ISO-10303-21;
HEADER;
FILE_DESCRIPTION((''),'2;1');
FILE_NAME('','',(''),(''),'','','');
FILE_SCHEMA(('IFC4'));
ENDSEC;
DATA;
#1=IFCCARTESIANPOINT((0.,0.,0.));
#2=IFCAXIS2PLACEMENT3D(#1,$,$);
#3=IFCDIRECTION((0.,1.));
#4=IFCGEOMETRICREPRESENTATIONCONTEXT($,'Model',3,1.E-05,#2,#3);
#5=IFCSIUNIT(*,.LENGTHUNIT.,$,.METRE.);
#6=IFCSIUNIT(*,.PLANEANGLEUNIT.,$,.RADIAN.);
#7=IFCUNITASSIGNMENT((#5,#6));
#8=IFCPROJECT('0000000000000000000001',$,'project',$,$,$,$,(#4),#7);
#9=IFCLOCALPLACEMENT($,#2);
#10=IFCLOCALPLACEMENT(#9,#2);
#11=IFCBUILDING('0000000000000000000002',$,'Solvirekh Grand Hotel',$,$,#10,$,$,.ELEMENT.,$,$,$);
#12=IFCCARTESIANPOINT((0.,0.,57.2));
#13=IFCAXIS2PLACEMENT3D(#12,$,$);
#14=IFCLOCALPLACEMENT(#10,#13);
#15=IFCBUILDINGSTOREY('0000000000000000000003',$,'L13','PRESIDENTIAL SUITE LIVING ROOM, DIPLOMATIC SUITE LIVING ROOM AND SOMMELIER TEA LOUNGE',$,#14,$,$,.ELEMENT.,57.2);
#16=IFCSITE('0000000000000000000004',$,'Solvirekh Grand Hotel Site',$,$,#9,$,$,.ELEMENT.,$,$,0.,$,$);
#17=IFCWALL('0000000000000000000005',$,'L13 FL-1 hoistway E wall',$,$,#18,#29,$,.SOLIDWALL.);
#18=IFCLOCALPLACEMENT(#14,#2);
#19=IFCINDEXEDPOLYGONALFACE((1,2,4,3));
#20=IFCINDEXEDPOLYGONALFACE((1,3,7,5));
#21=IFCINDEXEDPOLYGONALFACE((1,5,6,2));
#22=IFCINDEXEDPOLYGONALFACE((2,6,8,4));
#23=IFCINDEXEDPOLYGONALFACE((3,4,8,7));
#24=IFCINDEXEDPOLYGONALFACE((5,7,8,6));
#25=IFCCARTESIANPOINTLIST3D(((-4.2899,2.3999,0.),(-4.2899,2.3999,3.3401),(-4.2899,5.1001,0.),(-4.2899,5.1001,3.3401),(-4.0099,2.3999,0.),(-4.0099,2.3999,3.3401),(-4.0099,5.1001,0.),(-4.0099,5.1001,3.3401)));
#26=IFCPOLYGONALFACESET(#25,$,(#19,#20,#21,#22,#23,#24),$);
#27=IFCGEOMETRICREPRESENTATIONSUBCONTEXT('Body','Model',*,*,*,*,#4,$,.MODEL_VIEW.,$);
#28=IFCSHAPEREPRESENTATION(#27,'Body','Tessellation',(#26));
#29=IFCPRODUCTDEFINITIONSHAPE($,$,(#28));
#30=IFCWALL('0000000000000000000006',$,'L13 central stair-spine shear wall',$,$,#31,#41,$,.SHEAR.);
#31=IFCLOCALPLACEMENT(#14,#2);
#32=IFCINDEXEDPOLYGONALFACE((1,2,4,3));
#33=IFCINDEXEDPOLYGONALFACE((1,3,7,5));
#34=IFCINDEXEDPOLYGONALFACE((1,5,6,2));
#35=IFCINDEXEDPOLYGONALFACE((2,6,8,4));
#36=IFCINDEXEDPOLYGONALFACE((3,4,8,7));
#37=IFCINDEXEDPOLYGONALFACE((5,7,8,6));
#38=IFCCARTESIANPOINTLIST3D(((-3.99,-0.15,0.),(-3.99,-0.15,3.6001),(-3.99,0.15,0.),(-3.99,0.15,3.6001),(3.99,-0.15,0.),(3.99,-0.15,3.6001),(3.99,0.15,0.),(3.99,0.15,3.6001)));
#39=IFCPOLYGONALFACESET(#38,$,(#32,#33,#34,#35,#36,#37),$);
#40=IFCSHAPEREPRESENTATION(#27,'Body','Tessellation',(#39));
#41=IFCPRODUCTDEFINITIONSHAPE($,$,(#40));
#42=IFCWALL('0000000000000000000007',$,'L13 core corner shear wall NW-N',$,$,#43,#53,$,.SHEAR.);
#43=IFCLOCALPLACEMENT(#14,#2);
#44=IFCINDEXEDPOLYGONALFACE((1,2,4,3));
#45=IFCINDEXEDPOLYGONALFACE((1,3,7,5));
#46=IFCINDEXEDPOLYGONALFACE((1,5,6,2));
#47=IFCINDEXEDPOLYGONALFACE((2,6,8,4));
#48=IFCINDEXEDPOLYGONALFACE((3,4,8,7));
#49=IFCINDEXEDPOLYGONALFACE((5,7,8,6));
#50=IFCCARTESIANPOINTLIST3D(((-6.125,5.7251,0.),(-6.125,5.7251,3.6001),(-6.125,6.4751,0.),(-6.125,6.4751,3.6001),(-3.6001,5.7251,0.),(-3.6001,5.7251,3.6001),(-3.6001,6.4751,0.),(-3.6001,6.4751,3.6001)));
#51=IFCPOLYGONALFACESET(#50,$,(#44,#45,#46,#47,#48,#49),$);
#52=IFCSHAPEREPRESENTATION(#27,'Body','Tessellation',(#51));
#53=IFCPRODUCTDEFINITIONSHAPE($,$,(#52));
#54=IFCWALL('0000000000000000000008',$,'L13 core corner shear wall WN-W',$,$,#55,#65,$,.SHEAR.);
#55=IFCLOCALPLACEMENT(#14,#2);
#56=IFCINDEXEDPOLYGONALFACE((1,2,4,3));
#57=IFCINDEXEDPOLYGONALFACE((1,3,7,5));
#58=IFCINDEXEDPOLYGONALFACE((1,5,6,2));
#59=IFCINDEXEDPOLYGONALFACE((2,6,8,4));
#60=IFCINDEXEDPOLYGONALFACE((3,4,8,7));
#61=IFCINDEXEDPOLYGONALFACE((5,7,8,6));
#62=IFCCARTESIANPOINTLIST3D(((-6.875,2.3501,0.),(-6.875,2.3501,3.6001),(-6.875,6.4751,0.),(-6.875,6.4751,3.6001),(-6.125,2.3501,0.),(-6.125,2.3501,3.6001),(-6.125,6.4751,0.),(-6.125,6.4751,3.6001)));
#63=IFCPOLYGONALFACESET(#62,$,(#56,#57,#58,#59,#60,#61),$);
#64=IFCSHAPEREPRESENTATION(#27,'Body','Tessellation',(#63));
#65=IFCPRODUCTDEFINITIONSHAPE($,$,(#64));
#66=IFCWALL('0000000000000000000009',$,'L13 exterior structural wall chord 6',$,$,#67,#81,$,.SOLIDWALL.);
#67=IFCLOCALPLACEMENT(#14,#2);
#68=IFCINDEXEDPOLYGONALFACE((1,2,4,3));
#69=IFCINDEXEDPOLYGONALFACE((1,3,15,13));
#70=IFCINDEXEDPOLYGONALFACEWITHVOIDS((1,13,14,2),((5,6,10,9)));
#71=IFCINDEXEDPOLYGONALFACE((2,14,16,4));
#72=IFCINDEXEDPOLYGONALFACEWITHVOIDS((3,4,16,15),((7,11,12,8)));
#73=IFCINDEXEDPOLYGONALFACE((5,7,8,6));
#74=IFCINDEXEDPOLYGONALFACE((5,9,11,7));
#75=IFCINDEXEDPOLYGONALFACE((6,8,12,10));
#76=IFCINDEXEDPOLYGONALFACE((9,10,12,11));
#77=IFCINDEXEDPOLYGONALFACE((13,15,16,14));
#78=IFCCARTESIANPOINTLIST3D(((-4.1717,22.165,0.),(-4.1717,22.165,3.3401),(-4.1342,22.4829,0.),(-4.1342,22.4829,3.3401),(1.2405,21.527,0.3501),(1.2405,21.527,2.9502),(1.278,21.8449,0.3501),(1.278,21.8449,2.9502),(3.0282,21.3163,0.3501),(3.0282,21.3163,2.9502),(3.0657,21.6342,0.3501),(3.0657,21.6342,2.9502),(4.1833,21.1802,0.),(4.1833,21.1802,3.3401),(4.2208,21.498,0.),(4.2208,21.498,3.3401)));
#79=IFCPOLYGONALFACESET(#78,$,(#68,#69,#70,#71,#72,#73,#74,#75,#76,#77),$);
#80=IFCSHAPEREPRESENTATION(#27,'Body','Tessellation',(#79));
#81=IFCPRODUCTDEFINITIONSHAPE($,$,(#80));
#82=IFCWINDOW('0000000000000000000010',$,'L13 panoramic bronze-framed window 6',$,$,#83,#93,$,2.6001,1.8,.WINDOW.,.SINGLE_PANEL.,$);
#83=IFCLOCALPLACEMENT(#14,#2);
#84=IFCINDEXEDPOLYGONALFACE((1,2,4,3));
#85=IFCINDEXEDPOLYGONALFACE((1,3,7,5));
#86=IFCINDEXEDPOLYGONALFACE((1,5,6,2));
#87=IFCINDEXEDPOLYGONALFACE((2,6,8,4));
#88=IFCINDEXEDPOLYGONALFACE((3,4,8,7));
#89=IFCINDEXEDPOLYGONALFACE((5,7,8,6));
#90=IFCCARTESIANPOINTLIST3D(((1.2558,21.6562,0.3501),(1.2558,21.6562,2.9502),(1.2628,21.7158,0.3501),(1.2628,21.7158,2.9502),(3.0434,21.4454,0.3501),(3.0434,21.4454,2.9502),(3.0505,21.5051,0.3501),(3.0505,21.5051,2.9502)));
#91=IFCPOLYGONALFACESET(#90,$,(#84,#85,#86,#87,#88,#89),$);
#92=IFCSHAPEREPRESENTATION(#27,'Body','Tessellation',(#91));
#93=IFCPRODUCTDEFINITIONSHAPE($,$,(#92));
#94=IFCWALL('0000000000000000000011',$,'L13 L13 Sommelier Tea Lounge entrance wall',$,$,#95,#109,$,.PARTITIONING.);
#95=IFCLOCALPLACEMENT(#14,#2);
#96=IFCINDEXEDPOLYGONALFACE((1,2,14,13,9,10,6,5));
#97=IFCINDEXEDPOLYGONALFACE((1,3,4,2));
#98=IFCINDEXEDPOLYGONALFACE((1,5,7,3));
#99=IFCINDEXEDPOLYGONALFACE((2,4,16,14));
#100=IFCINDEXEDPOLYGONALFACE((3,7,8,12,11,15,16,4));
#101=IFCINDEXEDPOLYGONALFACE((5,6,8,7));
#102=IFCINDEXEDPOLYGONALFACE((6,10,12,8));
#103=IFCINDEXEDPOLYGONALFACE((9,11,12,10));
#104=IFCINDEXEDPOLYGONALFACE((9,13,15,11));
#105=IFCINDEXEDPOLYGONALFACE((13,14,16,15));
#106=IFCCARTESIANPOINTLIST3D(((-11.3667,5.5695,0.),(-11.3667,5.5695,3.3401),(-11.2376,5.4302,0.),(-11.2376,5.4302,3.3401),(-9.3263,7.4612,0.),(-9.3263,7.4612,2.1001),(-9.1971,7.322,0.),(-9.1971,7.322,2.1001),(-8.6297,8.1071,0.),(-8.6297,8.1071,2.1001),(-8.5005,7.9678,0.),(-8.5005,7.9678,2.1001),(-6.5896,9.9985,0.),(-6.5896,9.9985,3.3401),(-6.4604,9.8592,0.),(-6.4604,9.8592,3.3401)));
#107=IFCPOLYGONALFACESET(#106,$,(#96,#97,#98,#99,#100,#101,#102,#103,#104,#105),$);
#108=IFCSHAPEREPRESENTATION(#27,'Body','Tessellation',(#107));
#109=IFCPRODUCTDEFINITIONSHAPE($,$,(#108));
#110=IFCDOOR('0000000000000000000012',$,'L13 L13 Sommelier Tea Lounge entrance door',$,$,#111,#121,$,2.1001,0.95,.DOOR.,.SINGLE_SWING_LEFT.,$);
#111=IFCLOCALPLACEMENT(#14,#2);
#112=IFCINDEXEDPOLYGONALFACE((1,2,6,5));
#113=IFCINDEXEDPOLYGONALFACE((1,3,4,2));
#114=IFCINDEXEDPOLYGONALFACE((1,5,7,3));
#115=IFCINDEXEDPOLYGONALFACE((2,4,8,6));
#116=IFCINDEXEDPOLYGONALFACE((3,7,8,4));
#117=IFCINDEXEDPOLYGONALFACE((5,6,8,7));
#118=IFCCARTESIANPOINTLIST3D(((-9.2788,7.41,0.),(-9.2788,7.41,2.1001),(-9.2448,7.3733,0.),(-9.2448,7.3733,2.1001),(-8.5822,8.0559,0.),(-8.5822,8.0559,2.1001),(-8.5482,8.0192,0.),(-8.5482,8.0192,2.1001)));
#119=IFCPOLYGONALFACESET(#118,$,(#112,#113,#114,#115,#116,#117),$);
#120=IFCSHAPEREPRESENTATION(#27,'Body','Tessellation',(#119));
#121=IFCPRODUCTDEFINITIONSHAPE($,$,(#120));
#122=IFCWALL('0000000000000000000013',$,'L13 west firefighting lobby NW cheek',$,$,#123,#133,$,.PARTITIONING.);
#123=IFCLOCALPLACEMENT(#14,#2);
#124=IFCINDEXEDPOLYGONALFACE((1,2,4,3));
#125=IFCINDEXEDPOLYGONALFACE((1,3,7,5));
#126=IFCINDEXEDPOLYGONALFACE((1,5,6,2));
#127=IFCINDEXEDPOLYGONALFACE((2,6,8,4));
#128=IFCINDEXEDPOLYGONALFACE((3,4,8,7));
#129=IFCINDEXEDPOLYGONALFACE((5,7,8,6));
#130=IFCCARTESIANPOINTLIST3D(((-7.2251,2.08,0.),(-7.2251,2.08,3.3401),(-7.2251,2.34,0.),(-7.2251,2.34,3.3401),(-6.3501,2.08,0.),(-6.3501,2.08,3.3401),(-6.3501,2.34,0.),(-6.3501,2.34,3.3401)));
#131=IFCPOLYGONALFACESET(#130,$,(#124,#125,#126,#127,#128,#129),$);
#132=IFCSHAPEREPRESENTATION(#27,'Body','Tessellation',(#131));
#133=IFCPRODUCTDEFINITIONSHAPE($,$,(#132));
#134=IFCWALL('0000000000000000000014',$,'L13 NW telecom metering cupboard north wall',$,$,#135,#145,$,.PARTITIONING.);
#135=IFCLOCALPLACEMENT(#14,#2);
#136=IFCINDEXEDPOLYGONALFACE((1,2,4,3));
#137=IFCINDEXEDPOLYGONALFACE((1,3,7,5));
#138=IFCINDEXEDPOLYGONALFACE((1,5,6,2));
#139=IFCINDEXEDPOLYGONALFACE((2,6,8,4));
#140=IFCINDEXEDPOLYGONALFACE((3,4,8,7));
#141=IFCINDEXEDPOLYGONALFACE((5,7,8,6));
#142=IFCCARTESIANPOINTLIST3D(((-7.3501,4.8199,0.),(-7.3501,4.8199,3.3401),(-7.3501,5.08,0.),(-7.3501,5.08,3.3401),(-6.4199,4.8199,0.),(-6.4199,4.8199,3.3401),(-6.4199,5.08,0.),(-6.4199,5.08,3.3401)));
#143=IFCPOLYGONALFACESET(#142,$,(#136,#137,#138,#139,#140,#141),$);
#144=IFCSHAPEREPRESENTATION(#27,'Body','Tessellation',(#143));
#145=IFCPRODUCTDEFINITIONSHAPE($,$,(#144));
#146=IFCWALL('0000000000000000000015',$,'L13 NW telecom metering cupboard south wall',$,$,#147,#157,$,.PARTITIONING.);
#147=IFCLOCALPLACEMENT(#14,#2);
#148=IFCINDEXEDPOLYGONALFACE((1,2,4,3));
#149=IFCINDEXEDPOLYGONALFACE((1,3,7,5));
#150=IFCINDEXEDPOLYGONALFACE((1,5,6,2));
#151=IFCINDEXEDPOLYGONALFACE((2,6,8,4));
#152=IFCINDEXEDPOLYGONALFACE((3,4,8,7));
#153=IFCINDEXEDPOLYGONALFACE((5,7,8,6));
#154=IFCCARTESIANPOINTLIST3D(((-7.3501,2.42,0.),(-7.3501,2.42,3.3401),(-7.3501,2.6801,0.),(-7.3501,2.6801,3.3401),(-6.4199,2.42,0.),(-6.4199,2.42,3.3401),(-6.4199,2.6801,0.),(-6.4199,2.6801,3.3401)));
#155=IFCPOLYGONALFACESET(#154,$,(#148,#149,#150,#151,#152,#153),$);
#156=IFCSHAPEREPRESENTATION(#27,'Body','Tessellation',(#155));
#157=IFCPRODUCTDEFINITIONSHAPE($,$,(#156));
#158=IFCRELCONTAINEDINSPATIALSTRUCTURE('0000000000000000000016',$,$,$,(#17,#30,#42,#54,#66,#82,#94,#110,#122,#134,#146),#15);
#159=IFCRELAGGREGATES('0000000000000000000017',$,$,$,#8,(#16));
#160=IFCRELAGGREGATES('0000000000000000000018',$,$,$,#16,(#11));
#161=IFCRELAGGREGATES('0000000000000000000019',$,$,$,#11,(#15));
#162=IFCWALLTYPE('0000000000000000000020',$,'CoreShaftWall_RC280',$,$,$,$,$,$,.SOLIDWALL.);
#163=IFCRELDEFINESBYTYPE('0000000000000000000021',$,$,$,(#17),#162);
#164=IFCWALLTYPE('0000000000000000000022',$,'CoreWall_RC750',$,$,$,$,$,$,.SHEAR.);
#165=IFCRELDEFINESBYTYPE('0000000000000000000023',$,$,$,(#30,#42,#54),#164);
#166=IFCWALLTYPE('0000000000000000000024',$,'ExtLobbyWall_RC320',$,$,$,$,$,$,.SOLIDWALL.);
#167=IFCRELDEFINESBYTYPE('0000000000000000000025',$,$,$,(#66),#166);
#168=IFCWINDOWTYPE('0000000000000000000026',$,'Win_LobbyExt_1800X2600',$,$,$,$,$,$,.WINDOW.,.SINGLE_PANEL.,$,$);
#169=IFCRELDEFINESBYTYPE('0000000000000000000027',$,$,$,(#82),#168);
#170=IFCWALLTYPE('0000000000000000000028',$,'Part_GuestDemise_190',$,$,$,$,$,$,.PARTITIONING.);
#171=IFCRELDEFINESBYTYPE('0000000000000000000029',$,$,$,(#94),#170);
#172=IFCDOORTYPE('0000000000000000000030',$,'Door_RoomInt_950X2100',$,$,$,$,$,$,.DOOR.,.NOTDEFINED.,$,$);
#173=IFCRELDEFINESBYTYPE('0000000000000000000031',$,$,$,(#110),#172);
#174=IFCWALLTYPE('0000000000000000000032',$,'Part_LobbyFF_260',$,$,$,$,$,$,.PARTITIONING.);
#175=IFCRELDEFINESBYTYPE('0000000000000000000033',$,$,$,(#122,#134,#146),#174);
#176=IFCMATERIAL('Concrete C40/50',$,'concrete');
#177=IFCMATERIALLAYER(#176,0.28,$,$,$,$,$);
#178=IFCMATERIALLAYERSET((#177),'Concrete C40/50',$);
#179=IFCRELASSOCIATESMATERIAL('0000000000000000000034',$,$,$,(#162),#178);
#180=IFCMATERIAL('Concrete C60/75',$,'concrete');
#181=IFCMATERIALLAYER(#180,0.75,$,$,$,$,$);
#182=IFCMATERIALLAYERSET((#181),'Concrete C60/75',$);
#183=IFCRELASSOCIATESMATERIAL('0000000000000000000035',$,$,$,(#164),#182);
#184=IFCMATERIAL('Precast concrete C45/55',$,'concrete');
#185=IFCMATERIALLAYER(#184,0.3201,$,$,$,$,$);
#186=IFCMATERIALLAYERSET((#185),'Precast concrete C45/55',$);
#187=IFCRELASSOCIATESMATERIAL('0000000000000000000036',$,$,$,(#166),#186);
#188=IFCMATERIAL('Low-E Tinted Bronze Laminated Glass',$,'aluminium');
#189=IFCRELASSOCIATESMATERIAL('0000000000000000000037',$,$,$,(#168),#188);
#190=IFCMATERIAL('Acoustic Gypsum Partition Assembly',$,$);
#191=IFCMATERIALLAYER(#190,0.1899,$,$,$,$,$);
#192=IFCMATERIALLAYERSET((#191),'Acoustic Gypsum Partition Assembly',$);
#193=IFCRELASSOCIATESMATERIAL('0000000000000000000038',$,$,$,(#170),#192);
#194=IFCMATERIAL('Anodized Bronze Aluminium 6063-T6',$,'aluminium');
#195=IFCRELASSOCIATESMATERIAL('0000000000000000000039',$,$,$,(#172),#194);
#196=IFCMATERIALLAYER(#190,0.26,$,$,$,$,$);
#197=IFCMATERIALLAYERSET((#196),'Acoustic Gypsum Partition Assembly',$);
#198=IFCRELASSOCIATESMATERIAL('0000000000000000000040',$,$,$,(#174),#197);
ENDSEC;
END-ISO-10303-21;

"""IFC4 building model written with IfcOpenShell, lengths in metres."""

from ifc_helpers import new_model, si_unit, direction, frame, frame_2d, origin, place, context, subcontext, project, spatial, rectangle, extrude, material, layer, layer_set, type_object, element, fill, save


model = new_model("IFC4")

# Units and contexts
model_context = context("Model", 3, precision=1e-05, world=origin(), true_north=direction((0.0, 1.0)))
body_context = subcontext(model_context, "Body", "Model", "MODEL_VIEW")
ifc_project = project(units=[si_unit("LENGTHUNIT", "METRE"), si_unit("PLANEANGLEUNIT", "RADIAN")], contexts=[model_context])

# Site, building, storey
site_placement = place(None, origin())
site = spatial("IfcSite", under=ifc_project, at=site_placement, Name="Solvirekh Grand Hotel Site", CompositionType="ELEMENT", RefElevation=0.0)
building_placement = place(site_placement, origin())
building = spatial("IfcBuilding", under=site, at=building_placement, Name="Solvirekh Grand Hotel", CompositionType="ELEMENT")
storey_placement = place(building_placement, frame((0.0, 0.0, 57.2)))
storey = spatial("IfcBuildingStorey", under=building, at=storey_placement, Name="L13", Description="PRESIDENTIAL SUITE LIVING ROOM, DIPLOMATIC SUITE LIVING ROOM AND SOMMELIER TEA LOUNGE", CompositionType="ELEMENT", Elevation=57.2)

# Shared definitions
ifc_material_1 = material(Name="Concrete C60/75", Category="concrete")

# Shared definitions
ifc_material_2 = material(Name="Concrete C40/50", Category="concrete")

# Shared definitions
ifc_layer_1 = layer(ifc_material_2, 0.28)
ifc_layer_set_1 = layer_set([ifc_layer_1], Name="Concrete C40/50")
wall_type_1 = type_object("IfcWallType", Name="CoreShaftWall_RC280", PredefinedType="SOLIDWALL", material=ifc_layer_set_1)

# Walls
wall_1_placement = place(storey_placement, frame((-4.1499, 2.3999, 0.0), z_axis=(0.0, 0.0, 1.0), x_axis=(0.0, 1.0, 0.0)))
element("IfcWall", 1, at=wall_1_placement, inside=storey, type_object=wall_type_1, Name="L13 FL-1 hoistway E wall", PredefinedType="SOLIDWALL", context=body_context, shape_type="SweptSolid", body=[
    extrude(rectangle(XDim=2.7002, YDim=0.28, at=frame_2d((1.3501, 0.0))), origin(), (0.0, 0.0, 1.0), 3.3401),
])
ifc_layer_2 = layer(ifc_material_1, 0.75)
ifc_layer_set_2 = layer_set([ifc_layer_2], Name="Concrete C60/75")
wall_type_2 = type_object("IfcWallType", Name="CoreWall_RC750", PredefinedType="SHEAR", material=ifc_layer_set_2)
wall_2_placement = place(storey_placement, frame((-3.99, 0.0, 0.0), z_axis=(0.0, 0.0, 1.0), x_axis=(1.0, 0.0, 0.0)))
element("IfcWall", 2, at=wall_2_placement, inside=storey, type_object=wall_type_2, Name="L13 central stair-spine shear wall", PredefinedType="SHEAR", context=body_context, shape_type="SweptSolid", body=[
    extrude(rectangle(XDim=7.98, YDim=0.3, at=frame_2d((3.99, 0.0))), origin(), (0.0, 0.0, 1.0), 3.6001),
])
wall_3_placement = place(storey_placement, frame((-6.125, 6.1001, 0.0), z_axis=(0.0, 0.0, 1.0), x_axis=(1.0, 0.0, 0.0)))
element("IfcWall", 3, at=wall_3_placement, inside=storey, type_object=wall_type_2, Name="L13 core corner shear wall NW-N", PredefinedType="SHEAR", context=body_context, shape_type="SweptSolid", body=[
    extrude(rectangle(XDim=2.5249, YDim=0.75, at=frame_2d((1.2625, 0.0))), origin(), (0.0, 0.0, 1.0), 3.6001),
])
wall_4_placement = place(storey_placement, frame((-6.5, 2.3501, 0.0), z_axis=(0.0, 0.0, 1.0), x_axis=(0.0, 1.0, 0.0)))
element("IfcWall", 4, at=wall_4_placement, inside=storey, type_object=wall_type_2, Name="L13 core corner shear wall WN-W", PredefinedType="SHEAR", context=body_context, shape_type="SweptSolid", body=[
    extrude(rectangle(XDim=4.125, YDim=0.75, at=frame_2d((2.0625, 0.0))), origin(), (0.0, 0.0, 1.0), 3.6001),
])

# Wall, opening, window
ifc_material_3 = material(Name="Precast concrete C45/55", Category="concrete")
ifc_layer_3 = layer(ifc_material_3, 0.3201)
ifc_layer_set_3 = layer_set([ifc_layer_3], Name="Precast concrete C45/55")
wall_type_3 = type_object("IfcWallType", Name="ExtLobbyWall_RC320", PredefinedType="SOLIDWALL", material=ifc_layer_set_3)
wall_5_placement = place(storey_placement, frame((-4.1531, 22.324, 0.0), z_axis=(0.0, 0.0, 1.0), x_axis=(0.993124, -0.117067, 0.0)))
wall_5 = element("IfcWall", 5, at=wall_5_placement, inside=storey, type_object=wall_type_3, Name="L13 exterior structural wall chord 6", PredefinedType="SOLIDWALL", context=body_context, shape_type="SweptSolid", body=[
    extrude(rectangle(XDim=8.4128, YDim=0.3201, at=frame_2d((4.2065, 0.0))), origin(), (0.0, 0.0, 1.0), 3.3401),
])
opening_1_placement = place(wall_5_placement, frame((5.45, 0.0, 0.3501)))
opening_1 = element("IfcOpeningElement", 6, at=opening_1_placement, cuts=wall_5, PredefinedType="OPENING", context=body_context, shape_type="SweptSolid", body=[
    extrude(rectangle(XDim=1.8, YDim=2.6001, at=frame_2d((0.8999, 1.3))), frame((0.0, 0.1699, 0.0), z_axis=(0.0, -1.0, 0.0), x_axis=(1.0, 0.0, 0.0)), (0.0, 0.0, 1.0), 0.3401),
])
ifc_material_4 = material(Name="Low-E Tinted Bronze Laminated Glass", Category="aluminium")
window_type = type_object("IfcWindowType", Name="Win_LobbyExt_1800X2600", PartitioningType="SINGLE_PANEL", PredefinedType="WINDOW", material=ifc_material_4)
window_placement = place(opening_1_placement, origin())
window = element("IfcWindow", 7, at=window_placement, inside=storey, type_object=window_type, Name="L13 panoramic bronze-framed window 6", OverallHeight=2.6001, OverallWidth=1.8, PartitioningType="SINGLE_PANEL", PredefinedType="WINDOW", context=body_context, shape_type="SweptSolid", body=[
    extrude(rectangle(XDim=1.8, YDim=2.6001, at=frame_2d((0.8999, 1.3))), frame((0.0, 0.03, 0.0), z_axis=(0.0, -1.0, 0.0), x_axis=(1.0, 0.0, 0.0)), (0.0, 0.0, 1.0), 0.0601),
])
fill(opening_1, window)

# Wall, opening, door
ifc_material_5 = material(Name="Acoustic Gypsum Partition Assembly")
ifc_layer_4 = layer(ifc_material_5, 0.1899)
ifc_layer_set_4 = layer_set([ifc_layer_4], Name="Acoustic Gypsum Partition Assembly")
wall_type_4 = type_object("IfcWallType", Name="Part_GuestDemise_190", PredefinedType="PARTITIONING", material=ifc_layer_set_4)
wall_6_placement = place(storey_placement, frame((-6.5249, 9.929, 0.0), z_axis=(0.0, 0.0, 1.0), x_axis=(-0.733323, -0.67988, 0.0)))
wall_6 = element("IfcWall", 8, at=wall_6_placement, inside=storey, type_object=wall_type_4, Name="L13 L13 Sommelier Tea Lounge entrance wall", PredefinedType="PARTITIONING", context=body_context, shape_type="SweptSolid", body=[
    extrude(rectangle(XDim=6.5144, YDim=0.1899, at=frame_2d((3.2573, 0.0))), origin(), (0.0, 0.0, 1.0), 3.3401),
])
opening_2_placement = place(wall_6_placement, frame((2.782, 0.0, 0.0)))
opening_2 = element("IfcOpeningElement", 9, at=opening_2_placement, cuts=wall_6, PredefinedType="OPENING", context=body_context, shape_type="SweptSolid", body=[
    extrude(rectangle(XDim=0.95, YDim=2.1001, at=frame_2d((0.4751, 1.05))), frame((0.0, 0.105, 0.0), z_axis=(0.0, -1.0, 0.0), x_axis=(1.0, 0.0, 0.0)), (0.0, 0.0, 1.0), 0.21),
])
ifc_material_6 = material(Name="Anodized Bronze Aluminium 6063-T6", Category="aluminium")
door_type_1 = type_object("IfcDoorType", Name="Door_RoomInt_950X2100", OperationType="NOTDEFINED", PredefinedType="DOOR", material=ifc_material_6)
door_1_placement = place(opening_2_placement, origin())
door_1 = element("IfcDoor", 10, at=door_1_placement, inside=storey, type_object=door_type_1, Name="L13 L13 Sommelier Tea Lounge entrance door", OperationType="SINGLE_SWING_LEFT", OverallHeight=2.1001, OverallWidth=0.95, PredefinedType="DOOR", context=body_context, shape_type="SweptSolid", body=[
    extrude(rectangle(XDim=0.95, YDim=2.1001, at=frame_2d((0.4751, 1.05))), frame((0.0, 0.0249, 0.0), z_axis=(0.0, -1.0, 0.0), x_axis=(1.0, 0.0, 0.0)), (0.0, 0.0, 1.0), 0.05),
])
fill(opening_2, door_1)

# Walls
ifc_layer_5 = layer(ifc_material_5, 0.26)
ifc_layer_set_5 = layer_set([ifc_layer_5], Name="Acoustic Gypsum Partition Assembly")
wall_type_5 = type_object("IfcWallType", Name="Part_LobbyFF_260", PredefinedType="PARTITIONING", material=ifc_layer_set_5)
wall_7_placement = place(storey_placement, frame((-7.2251, 2.21, 0.0), z_axis=(0.0, 0.0, 1.0), x_axis=(1.0, 0.0, 0.0)))
element("IfcWall", 11, at=wall_7_placement, inside=storey, type_object=wall_type_5, Name="L13 west firefighting lobby NW cheek", PredefinedType="PARTITIONING", context=body_context, shape_type="SweptSolid", body=[
    extrude(rectangle(XDim=0.875, YDim=0.26, at=frame_2d((0.4375, 0.0))), origin(), (0.0, 0.0, 1.0), 3.3401),
])
for number, where, z_axis, x_axis, name in (
    (12, (-7.3501, 4.95, 0.0), (0.0, 0.0, 1.0), (1.0, 0.0, 0.0), "L13 NW telecom metering cupboard north wall"),
    (13, (-7.3501, 2.55, 0.0), (0.0, 0.0, 1.0), (1.0, 0.0, 0.0), "L13 NW telecom metering cupboard south wall"),
):
    element("IfcWall", number, at=place(storey_placement, frame(where, z_axis=z_axis, x_axis=x_axis)), inside=storey, type_object=wall_type_5, Name=name, PredefinedType="PARTITIONING", context=body_context, shape_type="SweptSolid", body=[
        extrude(rectangle(XDim=0.9302, YDim=0.26, at=frame_2d((0.4651, 0.0))), origin(), (0.0, 0.0, 1.0), 3.3401),
    ])

save(model, "model.ifc")
